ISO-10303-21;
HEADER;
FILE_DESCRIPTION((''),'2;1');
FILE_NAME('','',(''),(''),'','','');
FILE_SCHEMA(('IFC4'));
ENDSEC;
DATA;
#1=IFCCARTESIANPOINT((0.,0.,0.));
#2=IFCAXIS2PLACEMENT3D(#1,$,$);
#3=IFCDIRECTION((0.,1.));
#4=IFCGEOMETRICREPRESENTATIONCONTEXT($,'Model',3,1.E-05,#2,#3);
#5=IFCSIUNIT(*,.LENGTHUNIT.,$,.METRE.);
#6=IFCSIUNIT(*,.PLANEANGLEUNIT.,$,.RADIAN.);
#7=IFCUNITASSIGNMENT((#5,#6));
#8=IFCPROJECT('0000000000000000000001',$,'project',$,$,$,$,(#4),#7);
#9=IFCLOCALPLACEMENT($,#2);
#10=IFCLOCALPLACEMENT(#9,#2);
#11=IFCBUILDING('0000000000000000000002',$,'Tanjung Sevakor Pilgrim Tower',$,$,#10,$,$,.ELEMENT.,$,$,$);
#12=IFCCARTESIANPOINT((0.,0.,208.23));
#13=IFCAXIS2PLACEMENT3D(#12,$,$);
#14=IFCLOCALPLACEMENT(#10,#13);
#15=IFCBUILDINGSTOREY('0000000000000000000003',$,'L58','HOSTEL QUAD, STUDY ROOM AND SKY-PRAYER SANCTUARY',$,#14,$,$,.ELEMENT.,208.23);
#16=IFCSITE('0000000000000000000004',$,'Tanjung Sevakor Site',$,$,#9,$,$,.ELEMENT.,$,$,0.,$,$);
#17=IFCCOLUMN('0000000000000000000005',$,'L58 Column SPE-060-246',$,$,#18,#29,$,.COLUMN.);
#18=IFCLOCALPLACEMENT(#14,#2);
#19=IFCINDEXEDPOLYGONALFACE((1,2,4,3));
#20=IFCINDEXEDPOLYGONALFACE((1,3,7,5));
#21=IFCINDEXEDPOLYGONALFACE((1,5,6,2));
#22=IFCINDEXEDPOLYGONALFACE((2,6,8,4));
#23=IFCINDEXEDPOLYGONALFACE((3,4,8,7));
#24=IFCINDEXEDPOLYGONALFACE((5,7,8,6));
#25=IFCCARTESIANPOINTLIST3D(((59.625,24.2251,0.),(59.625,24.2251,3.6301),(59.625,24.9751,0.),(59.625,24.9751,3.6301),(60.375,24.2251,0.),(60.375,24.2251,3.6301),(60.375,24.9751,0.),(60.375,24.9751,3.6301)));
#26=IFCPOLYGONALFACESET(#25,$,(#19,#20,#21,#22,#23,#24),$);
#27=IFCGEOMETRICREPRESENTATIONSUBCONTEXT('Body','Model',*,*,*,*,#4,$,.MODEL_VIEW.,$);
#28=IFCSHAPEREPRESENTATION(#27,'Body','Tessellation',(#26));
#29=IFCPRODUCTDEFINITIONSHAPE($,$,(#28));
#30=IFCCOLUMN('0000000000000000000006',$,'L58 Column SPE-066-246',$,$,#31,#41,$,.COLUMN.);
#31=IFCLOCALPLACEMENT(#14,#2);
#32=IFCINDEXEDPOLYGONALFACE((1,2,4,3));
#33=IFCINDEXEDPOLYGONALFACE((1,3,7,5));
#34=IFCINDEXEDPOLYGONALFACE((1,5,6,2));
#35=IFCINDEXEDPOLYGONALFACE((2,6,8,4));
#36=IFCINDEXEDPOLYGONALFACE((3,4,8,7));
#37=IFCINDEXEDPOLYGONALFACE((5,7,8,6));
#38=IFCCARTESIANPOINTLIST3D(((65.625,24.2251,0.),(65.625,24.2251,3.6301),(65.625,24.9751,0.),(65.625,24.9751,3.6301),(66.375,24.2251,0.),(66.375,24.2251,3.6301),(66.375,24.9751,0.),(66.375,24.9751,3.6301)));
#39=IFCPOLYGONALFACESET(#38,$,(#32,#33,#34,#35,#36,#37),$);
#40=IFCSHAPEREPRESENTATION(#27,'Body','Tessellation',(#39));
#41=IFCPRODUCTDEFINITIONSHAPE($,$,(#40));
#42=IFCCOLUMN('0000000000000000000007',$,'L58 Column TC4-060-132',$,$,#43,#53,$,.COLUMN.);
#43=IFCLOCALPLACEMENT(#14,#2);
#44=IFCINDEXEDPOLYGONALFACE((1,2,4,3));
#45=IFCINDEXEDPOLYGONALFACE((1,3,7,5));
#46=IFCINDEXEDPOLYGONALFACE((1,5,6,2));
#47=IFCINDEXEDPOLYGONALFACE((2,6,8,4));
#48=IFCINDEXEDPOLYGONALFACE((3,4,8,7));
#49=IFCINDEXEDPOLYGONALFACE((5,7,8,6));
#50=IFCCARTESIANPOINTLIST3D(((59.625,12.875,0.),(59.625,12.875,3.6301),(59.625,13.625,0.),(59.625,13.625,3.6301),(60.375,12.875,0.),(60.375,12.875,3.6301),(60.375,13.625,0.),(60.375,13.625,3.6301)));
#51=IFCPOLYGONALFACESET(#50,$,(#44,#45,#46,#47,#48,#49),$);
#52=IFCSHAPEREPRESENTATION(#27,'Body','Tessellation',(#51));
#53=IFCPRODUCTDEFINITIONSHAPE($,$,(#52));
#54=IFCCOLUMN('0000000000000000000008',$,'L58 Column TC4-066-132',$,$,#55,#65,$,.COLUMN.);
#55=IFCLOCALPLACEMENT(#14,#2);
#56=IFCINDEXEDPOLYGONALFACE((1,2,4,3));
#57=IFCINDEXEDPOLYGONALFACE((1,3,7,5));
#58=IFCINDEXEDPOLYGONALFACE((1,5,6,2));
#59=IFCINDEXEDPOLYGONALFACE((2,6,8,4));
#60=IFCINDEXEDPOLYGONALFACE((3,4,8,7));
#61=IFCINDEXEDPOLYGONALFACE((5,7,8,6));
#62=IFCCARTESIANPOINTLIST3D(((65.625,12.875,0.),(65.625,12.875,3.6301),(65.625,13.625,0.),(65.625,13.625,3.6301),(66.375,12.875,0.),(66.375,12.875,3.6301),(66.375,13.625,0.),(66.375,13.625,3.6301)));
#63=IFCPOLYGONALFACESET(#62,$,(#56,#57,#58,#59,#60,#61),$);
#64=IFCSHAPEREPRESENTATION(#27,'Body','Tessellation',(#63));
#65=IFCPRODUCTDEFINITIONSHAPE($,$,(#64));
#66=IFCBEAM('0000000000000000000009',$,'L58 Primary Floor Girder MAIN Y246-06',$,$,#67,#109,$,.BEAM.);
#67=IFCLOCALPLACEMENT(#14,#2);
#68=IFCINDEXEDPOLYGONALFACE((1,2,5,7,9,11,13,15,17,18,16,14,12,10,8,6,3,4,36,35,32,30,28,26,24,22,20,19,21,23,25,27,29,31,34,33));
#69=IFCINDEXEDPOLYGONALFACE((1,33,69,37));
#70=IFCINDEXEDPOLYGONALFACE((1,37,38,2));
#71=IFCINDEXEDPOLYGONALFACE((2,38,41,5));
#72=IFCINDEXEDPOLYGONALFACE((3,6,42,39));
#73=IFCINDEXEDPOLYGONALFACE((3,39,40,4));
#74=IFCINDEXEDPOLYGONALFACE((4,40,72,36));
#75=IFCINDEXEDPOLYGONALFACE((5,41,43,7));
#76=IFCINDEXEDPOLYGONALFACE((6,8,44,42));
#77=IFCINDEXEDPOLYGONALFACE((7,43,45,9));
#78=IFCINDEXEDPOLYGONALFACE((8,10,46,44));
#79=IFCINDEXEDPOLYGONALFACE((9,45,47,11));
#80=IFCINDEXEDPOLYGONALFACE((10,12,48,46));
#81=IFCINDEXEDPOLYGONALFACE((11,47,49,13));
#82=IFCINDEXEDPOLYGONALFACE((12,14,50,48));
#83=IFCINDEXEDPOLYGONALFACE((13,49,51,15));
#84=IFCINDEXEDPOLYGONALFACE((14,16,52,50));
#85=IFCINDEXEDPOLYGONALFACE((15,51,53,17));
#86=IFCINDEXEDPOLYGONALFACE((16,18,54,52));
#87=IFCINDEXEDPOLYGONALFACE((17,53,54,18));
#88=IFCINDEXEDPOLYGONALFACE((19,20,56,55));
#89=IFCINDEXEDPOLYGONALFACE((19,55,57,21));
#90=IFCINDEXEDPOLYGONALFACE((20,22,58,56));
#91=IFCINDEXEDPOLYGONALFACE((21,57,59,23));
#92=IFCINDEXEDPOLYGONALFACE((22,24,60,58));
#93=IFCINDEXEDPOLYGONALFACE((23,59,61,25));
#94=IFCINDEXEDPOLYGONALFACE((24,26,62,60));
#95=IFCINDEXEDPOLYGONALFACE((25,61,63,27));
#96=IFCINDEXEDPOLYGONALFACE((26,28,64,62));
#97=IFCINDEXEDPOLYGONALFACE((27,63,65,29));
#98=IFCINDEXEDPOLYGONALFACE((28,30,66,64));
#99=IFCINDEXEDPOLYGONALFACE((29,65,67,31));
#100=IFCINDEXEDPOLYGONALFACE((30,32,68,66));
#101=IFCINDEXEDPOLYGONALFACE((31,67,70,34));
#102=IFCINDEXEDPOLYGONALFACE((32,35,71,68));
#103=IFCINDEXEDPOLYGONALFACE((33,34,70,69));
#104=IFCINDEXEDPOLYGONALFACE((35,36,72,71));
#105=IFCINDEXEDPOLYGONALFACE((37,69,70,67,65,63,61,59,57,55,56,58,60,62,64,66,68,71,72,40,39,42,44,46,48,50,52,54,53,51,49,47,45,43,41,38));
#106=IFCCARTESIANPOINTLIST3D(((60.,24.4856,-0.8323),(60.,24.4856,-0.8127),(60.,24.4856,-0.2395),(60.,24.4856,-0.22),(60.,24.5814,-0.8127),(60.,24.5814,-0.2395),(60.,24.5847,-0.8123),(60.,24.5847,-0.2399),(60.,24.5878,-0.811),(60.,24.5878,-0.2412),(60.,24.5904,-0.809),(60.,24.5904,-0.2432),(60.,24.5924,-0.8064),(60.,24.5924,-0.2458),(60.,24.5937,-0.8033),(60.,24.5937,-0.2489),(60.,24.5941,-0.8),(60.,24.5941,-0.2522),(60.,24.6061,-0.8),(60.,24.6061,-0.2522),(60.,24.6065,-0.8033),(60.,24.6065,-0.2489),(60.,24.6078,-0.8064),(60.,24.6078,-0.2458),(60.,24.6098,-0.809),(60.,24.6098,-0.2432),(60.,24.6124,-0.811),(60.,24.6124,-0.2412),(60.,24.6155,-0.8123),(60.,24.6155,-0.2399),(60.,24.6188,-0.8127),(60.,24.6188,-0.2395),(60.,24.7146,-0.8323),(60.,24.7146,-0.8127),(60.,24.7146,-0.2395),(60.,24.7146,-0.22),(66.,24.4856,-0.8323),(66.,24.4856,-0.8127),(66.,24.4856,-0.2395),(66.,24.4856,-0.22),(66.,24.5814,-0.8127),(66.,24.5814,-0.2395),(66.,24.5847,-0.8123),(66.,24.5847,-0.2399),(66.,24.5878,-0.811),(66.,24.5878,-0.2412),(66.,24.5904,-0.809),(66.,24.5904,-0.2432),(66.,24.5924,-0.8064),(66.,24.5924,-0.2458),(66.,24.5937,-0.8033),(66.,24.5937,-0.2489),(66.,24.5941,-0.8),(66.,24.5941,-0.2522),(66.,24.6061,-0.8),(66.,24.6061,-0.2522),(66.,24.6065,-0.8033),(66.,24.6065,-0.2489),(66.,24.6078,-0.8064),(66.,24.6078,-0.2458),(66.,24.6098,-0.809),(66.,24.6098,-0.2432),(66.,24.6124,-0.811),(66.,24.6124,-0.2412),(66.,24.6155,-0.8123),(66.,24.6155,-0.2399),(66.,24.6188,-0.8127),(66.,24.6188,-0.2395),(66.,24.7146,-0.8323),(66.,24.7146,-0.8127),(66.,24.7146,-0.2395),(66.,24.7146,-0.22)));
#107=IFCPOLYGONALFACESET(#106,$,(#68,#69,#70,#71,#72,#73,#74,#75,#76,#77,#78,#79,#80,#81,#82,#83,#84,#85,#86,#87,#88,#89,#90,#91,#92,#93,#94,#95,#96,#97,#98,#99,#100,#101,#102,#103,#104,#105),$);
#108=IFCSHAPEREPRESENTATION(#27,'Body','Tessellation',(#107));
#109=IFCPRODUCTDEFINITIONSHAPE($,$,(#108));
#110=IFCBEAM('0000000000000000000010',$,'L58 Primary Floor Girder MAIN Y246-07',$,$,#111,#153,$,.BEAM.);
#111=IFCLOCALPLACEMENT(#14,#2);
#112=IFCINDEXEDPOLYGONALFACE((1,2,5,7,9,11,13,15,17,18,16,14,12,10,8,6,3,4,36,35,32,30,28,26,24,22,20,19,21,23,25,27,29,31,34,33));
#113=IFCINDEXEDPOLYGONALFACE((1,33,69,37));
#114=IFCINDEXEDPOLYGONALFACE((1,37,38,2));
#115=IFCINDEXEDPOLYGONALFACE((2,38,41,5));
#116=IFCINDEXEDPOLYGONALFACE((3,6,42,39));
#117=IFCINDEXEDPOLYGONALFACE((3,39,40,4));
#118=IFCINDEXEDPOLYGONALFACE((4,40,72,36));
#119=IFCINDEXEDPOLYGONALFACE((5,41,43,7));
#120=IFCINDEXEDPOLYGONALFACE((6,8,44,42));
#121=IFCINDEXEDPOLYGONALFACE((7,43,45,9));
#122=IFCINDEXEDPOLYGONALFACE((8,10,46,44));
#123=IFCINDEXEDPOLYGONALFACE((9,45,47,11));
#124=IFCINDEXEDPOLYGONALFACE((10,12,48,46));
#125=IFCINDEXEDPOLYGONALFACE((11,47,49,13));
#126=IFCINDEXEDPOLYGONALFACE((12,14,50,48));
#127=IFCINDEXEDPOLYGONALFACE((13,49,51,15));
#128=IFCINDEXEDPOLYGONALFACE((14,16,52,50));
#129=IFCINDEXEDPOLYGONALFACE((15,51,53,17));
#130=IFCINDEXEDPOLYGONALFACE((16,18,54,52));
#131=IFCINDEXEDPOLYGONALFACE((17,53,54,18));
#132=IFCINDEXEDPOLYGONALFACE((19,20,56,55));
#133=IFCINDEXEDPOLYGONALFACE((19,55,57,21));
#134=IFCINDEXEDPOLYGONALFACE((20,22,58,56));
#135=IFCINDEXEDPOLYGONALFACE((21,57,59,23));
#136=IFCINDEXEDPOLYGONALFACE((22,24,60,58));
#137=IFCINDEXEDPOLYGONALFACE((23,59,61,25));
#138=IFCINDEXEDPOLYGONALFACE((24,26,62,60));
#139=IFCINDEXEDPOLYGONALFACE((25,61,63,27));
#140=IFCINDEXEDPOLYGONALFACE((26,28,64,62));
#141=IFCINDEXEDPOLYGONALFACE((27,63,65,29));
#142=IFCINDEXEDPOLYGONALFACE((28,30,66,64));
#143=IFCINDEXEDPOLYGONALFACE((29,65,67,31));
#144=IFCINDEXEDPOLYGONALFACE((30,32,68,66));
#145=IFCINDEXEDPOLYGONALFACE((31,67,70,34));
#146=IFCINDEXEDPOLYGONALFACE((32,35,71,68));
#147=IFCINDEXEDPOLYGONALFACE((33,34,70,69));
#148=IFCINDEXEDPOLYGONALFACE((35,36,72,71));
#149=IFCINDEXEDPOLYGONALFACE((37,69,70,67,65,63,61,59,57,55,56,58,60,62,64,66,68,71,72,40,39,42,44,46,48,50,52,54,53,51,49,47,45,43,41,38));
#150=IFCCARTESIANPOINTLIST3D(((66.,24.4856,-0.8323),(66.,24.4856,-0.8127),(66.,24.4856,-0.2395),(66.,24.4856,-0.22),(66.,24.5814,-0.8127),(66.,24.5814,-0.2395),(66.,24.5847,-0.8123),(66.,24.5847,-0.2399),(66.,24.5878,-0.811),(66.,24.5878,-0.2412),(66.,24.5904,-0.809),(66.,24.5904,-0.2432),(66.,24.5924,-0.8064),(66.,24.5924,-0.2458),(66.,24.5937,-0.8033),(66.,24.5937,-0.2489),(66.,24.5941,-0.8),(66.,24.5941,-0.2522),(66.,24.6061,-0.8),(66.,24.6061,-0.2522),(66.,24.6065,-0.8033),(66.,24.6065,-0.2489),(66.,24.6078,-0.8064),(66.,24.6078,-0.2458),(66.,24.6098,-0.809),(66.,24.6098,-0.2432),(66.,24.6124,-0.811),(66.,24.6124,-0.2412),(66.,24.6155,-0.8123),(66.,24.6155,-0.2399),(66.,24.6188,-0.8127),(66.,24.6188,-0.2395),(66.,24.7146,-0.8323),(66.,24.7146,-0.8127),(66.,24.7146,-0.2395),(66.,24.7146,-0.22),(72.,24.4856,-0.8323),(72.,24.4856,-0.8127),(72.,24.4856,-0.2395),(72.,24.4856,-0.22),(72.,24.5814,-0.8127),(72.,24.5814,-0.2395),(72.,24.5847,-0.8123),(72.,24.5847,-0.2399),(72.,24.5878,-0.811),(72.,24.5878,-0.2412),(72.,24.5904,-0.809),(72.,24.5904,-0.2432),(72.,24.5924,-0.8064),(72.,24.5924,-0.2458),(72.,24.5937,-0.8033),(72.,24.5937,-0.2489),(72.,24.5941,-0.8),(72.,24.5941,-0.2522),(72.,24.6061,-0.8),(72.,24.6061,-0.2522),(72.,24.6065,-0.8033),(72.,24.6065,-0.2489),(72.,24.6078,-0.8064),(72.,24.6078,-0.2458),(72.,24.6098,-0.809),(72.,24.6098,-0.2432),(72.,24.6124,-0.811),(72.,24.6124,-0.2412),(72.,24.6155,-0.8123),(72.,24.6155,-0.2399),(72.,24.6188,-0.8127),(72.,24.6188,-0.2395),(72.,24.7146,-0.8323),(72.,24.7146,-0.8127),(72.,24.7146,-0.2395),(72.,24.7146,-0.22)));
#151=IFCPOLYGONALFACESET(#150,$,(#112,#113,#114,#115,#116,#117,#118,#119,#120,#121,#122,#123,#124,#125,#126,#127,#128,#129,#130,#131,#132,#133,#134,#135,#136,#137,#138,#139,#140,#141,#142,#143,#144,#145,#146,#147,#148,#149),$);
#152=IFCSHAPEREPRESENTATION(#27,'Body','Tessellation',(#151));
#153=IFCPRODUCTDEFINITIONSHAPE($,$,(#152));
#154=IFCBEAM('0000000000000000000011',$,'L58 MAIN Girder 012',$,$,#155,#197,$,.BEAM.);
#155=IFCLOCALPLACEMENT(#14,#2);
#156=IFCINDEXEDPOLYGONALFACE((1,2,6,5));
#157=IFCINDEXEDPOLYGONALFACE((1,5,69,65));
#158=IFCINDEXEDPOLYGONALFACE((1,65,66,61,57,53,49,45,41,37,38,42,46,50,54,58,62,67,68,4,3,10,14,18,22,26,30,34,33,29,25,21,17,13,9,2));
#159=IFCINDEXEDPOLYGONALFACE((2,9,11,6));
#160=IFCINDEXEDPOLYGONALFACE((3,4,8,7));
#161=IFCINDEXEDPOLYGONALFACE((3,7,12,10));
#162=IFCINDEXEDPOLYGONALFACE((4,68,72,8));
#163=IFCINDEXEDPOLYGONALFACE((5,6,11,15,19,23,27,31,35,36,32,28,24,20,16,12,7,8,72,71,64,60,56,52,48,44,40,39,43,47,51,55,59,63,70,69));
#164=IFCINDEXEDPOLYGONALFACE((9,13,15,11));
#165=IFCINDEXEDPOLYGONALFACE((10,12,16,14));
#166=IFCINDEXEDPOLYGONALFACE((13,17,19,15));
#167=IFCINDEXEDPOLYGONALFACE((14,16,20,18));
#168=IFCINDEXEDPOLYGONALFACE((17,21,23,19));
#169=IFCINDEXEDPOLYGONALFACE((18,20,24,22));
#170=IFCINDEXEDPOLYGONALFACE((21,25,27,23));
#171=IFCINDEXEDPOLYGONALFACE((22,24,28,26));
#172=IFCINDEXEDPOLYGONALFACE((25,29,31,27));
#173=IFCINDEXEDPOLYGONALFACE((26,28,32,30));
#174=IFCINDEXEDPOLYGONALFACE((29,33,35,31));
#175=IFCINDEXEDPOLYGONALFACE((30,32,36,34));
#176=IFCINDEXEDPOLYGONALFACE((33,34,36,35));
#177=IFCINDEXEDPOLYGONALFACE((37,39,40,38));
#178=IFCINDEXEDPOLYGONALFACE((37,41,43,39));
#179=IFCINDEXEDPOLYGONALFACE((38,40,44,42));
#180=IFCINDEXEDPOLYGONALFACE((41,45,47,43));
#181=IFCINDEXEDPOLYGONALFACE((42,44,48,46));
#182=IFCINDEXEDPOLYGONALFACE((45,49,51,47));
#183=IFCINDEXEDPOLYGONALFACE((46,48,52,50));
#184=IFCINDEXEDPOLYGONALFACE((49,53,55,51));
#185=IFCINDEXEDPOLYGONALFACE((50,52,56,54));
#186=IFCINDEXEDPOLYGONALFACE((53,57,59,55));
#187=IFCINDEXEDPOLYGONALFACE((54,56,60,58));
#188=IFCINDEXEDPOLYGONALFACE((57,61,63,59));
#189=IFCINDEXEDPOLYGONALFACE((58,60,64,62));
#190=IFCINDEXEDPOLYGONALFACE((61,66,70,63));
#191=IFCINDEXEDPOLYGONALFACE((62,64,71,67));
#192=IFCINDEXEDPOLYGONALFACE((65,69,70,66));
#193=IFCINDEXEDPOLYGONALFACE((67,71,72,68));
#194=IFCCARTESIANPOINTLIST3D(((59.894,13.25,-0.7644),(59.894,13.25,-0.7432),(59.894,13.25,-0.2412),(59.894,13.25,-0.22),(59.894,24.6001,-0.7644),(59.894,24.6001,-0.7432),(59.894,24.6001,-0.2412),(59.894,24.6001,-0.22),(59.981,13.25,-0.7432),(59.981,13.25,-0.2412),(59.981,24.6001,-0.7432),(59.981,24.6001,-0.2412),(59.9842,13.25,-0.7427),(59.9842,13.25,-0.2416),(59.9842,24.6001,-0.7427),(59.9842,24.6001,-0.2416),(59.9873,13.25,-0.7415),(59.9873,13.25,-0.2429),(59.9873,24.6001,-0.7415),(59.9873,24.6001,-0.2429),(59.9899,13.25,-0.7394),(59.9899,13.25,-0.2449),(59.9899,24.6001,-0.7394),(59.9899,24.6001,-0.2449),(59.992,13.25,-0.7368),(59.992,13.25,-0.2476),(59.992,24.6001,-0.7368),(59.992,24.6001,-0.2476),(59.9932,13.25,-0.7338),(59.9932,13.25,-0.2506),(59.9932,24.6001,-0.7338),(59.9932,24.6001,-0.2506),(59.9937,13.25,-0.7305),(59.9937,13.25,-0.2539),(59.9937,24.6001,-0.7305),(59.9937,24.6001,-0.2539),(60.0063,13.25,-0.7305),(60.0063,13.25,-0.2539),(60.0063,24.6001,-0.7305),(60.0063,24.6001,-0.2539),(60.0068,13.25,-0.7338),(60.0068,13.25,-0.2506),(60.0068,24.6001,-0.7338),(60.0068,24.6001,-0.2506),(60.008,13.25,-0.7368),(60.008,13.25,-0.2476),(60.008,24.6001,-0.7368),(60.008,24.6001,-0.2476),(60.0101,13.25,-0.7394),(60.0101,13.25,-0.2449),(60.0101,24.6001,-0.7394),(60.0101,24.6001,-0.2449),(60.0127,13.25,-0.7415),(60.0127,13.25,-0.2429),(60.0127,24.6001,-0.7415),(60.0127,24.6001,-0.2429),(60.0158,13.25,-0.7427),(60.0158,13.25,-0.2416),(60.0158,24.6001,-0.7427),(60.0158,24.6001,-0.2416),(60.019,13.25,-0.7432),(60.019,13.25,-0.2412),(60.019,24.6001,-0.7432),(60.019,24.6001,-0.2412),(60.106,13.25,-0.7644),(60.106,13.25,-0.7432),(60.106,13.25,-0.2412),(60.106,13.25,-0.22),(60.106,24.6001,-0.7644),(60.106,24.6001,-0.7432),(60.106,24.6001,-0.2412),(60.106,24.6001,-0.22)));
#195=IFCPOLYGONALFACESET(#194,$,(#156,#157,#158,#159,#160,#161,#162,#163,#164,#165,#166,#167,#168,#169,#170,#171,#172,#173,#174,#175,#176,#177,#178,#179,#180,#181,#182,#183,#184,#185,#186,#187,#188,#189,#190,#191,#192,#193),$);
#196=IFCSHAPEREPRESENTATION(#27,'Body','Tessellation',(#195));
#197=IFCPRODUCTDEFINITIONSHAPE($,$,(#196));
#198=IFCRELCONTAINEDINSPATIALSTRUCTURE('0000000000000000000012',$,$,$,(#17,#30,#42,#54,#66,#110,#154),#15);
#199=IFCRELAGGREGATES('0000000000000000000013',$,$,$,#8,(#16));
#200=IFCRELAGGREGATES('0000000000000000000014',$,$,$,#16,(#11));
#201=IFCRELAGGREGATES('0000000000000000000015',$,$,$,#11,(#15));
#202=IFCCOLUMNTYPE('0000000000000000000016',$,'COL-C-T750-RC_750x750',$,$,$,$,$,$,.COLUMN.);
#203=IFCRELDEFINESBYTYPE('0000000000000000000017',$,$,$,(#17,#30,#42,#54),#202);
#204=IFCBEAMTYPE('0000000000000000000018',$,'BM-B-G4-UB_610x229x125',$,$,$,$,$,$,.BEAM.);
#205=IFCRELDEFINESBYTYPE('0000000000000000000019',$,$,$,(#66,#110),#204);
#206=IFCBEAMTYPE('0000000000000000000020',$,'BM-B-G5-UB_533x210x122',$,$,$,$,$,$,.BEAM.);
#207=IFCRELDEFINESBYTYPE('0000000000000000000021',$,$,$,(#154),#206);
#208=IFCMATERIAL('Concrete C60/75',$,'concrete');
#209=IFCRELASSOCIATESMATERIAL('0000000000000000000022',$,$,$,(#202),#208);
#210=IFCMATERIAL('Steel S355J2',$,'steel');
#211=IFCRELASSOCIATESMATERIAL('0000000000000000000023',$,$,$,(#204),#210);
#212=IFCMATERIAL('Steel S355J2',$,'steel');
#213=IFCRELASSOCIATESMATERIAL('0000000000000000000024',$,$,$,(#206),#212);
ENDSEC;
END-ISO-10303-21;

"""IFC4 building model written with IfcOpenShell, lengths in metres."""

from ifc_helpers import new_model, si_unit, direction, frame, origin, origin_2d, place, context, subcontext, project, spatial, rectangle, i_section, extrude, material, material_profile, profile_set, type_object, element, save


model = new_model("IFC4")

# Units and contexts
model_context = context("Model", 3, precision=1e-05, world=origin(), true_north=direction((0.0, 1.0)))
body_context = subcontext(model_context, "Body", "Model", "MODEL_VIEW")
ifc_project = project(units=[si_unit("LENGTHUNIT", "METRE"), si_unit("PLANEANGLEUNIT", "RADIAN")], contexts=[model_context])

# Site, building, storey
site_placement = place(None, origin())
site = spatial("IfcSite", under=ifc_project, at=site_placement, Name="Tanjung Sevakor Site", CompositionType="ELEMENT", RefElevation=0.0)
building_placement = place(site_placement, origin())
building = spatial("IfcBuilding", under=site, at=building_placement, Name="Tanjung Sevakor Pilgrim Tower", CompositionType="ELEMENT")
storey_placement = place(building_placement, frame((0.0, 0.0, 208.23)))
storey = spatial("IfcBuildingStorey", under=building, at=storey_placement, Name="L58", Description="HOSTEL QUAD, STUDY ROOM AND SKY-PRAYER SANCTUARY", CompositionType="ELEMENT", Elevation=208.23)

# Columns
ifc_material_1 = material(Name="Concrete C60/75", Category="concrete")
ifc_material_profile_1 = material_profile(ifc_material_1, rectangle(XDim=0.75, YDim=0.75, at=origin_2d()))
ifc_profile_set_1 = profile_set([ifc_material_profile_1], Name="Concrete C60/75")
column_type = type_object("IfcColumnType", Name="COL-C-T750-RC_750x750", PredefinedType="COLUMN", material=ifc_profile_set_1)
for number, where, z_axis, x_axis, name in (
    (1, (60.0, 24.6001, 0.0), (0.0, 0.0, 1.0), (1.0, 0.0, 0.0), "L58 Column SPE-060-246"),
    (2, (66.0, 24.6001, 0.0), (0.0, 0.0, 1.0), (1.0, 0.0, 0.0), "L58 Column SPE-066-246"),
    (3, (60.0, 13.25, 0.0), (0.0, 0.0, 1.0), (1.0, 0.0, 0.0), "L58 Column TC4-060-132"),
    (4, (66.0, 13.25, 0.0), (0.0, 0.0, 1.0), (1.0, 0.0, 0.0), "L58 Column TC4-066-132"),
):
    element("IfcColumn", number, at=place(storey_placement, frame(where, z_axis=z_axis, x_axis=x_axis)), inside=storey, type_object=column_type, Name=name, PredefinedType="COLUMN", context=body_context, shape_type="SweptSolid", body=[
        extrude(rectangle(XDim=0.75, YDim=0.75, at=origin_2d()), origin(), (0.0, 0.0, 1.0), 3.6301),
    ])

# Beams
ifc_material_2 = material(Name="Steel S355J2", Category="steel")
ifc_material_profile_2 = material_profile(ifc_material_2, i_section(OverallWidth=0.229, OverallDepth=0.6123, WebThickness=0.012, FlangeThickness=0.0195, FilletRadius=0.0127, at=origin_2d()))
ifc_profile_set_2 = profile_set([ifc_material_profile_2], Name="Steel S355J2")
beam_type_1 = type_object("IfcBeamType", Name="BM-B-G4-UB_610x229x125", PredefinedType="BEAM", material=ifc_profile_set_2)
for number, where, z_axis, x_axis, name in (
    (5, (60.0, 24.6001, -0.5261), (1.0, 0.0, 0.0), (0.0, 1.0, 0.0), "L58 Primary Floor Girder MAIN Y246-06"),
    (6, (66.0, 24.6001, -0.5261), (1.0, 0.0, 0.0), (0.0, 1.0, 0.0), "L58 Primary Floor Girder MAIN Y246-07"),
):
    element("IfcBeam", number, at=place(storey_placement, frame(where, z_axis=z_axis, x_axis=x_axis)), inside=storey, type_object=beam_type_1, Name=name, PredefinedType="BEAM", context=body_context, shape_type="SweptSolid", body=[
        extrude(i_section(OverallWidth=0.229, OverallDepth=0.6123, WebThickness=0.012, FlangeThickness=0.0195, FilletRadius=0.0127, at=origin_2d()), origin(), (0.0, 0.0, 1.0), 6.0),
    ])
ifc_material_3 = material(Name="Steel S355J2", Category="steel")
ifc_material_profile_3 = material_profile(ifc_material_3, i_section(OverallWidth=0.2119, OverallDepth=0.5444, WebThickness=0.0127, FlangeThickness=0.0212, FilletRadius=0.0127, at=origin_2d()))
ifc_profile_set_3 = profile_set([ifc_material_profile_3], Name="Steel S355J2")
beam_type_2 = type_object("IfcBeamType", Name="BM-B-G5-UB_533x210x122", PredefinedType="BEAM", material=ifc_profile_set_3)
beam_1_placement = place(storey_placement, frame((60.0, 13.25, -0.4922), z_axis=(0.0, 1.0, 0.0), x_axis=(-1.0, 0.0, 0.0)))
element("IfcBeam", 7, at=beam_1_placement, inside=storey, type_object=beam_type_2, Name="L58 MAIN Girder 012", PredefinedType="BEAM", context=body_context, shape_type="SweptSolid", body=[
    extrude(i_section(OverallWidth=0.2119, OverallDepth=0.5444, WebThickness=0.0127, FlangeThickness=0.0212, FilletRadius=0.0127, at=origin_2d()), origin(), (0.0, 0.0, 1.0), 11.3501),
])

save(model, "model.ifc")
